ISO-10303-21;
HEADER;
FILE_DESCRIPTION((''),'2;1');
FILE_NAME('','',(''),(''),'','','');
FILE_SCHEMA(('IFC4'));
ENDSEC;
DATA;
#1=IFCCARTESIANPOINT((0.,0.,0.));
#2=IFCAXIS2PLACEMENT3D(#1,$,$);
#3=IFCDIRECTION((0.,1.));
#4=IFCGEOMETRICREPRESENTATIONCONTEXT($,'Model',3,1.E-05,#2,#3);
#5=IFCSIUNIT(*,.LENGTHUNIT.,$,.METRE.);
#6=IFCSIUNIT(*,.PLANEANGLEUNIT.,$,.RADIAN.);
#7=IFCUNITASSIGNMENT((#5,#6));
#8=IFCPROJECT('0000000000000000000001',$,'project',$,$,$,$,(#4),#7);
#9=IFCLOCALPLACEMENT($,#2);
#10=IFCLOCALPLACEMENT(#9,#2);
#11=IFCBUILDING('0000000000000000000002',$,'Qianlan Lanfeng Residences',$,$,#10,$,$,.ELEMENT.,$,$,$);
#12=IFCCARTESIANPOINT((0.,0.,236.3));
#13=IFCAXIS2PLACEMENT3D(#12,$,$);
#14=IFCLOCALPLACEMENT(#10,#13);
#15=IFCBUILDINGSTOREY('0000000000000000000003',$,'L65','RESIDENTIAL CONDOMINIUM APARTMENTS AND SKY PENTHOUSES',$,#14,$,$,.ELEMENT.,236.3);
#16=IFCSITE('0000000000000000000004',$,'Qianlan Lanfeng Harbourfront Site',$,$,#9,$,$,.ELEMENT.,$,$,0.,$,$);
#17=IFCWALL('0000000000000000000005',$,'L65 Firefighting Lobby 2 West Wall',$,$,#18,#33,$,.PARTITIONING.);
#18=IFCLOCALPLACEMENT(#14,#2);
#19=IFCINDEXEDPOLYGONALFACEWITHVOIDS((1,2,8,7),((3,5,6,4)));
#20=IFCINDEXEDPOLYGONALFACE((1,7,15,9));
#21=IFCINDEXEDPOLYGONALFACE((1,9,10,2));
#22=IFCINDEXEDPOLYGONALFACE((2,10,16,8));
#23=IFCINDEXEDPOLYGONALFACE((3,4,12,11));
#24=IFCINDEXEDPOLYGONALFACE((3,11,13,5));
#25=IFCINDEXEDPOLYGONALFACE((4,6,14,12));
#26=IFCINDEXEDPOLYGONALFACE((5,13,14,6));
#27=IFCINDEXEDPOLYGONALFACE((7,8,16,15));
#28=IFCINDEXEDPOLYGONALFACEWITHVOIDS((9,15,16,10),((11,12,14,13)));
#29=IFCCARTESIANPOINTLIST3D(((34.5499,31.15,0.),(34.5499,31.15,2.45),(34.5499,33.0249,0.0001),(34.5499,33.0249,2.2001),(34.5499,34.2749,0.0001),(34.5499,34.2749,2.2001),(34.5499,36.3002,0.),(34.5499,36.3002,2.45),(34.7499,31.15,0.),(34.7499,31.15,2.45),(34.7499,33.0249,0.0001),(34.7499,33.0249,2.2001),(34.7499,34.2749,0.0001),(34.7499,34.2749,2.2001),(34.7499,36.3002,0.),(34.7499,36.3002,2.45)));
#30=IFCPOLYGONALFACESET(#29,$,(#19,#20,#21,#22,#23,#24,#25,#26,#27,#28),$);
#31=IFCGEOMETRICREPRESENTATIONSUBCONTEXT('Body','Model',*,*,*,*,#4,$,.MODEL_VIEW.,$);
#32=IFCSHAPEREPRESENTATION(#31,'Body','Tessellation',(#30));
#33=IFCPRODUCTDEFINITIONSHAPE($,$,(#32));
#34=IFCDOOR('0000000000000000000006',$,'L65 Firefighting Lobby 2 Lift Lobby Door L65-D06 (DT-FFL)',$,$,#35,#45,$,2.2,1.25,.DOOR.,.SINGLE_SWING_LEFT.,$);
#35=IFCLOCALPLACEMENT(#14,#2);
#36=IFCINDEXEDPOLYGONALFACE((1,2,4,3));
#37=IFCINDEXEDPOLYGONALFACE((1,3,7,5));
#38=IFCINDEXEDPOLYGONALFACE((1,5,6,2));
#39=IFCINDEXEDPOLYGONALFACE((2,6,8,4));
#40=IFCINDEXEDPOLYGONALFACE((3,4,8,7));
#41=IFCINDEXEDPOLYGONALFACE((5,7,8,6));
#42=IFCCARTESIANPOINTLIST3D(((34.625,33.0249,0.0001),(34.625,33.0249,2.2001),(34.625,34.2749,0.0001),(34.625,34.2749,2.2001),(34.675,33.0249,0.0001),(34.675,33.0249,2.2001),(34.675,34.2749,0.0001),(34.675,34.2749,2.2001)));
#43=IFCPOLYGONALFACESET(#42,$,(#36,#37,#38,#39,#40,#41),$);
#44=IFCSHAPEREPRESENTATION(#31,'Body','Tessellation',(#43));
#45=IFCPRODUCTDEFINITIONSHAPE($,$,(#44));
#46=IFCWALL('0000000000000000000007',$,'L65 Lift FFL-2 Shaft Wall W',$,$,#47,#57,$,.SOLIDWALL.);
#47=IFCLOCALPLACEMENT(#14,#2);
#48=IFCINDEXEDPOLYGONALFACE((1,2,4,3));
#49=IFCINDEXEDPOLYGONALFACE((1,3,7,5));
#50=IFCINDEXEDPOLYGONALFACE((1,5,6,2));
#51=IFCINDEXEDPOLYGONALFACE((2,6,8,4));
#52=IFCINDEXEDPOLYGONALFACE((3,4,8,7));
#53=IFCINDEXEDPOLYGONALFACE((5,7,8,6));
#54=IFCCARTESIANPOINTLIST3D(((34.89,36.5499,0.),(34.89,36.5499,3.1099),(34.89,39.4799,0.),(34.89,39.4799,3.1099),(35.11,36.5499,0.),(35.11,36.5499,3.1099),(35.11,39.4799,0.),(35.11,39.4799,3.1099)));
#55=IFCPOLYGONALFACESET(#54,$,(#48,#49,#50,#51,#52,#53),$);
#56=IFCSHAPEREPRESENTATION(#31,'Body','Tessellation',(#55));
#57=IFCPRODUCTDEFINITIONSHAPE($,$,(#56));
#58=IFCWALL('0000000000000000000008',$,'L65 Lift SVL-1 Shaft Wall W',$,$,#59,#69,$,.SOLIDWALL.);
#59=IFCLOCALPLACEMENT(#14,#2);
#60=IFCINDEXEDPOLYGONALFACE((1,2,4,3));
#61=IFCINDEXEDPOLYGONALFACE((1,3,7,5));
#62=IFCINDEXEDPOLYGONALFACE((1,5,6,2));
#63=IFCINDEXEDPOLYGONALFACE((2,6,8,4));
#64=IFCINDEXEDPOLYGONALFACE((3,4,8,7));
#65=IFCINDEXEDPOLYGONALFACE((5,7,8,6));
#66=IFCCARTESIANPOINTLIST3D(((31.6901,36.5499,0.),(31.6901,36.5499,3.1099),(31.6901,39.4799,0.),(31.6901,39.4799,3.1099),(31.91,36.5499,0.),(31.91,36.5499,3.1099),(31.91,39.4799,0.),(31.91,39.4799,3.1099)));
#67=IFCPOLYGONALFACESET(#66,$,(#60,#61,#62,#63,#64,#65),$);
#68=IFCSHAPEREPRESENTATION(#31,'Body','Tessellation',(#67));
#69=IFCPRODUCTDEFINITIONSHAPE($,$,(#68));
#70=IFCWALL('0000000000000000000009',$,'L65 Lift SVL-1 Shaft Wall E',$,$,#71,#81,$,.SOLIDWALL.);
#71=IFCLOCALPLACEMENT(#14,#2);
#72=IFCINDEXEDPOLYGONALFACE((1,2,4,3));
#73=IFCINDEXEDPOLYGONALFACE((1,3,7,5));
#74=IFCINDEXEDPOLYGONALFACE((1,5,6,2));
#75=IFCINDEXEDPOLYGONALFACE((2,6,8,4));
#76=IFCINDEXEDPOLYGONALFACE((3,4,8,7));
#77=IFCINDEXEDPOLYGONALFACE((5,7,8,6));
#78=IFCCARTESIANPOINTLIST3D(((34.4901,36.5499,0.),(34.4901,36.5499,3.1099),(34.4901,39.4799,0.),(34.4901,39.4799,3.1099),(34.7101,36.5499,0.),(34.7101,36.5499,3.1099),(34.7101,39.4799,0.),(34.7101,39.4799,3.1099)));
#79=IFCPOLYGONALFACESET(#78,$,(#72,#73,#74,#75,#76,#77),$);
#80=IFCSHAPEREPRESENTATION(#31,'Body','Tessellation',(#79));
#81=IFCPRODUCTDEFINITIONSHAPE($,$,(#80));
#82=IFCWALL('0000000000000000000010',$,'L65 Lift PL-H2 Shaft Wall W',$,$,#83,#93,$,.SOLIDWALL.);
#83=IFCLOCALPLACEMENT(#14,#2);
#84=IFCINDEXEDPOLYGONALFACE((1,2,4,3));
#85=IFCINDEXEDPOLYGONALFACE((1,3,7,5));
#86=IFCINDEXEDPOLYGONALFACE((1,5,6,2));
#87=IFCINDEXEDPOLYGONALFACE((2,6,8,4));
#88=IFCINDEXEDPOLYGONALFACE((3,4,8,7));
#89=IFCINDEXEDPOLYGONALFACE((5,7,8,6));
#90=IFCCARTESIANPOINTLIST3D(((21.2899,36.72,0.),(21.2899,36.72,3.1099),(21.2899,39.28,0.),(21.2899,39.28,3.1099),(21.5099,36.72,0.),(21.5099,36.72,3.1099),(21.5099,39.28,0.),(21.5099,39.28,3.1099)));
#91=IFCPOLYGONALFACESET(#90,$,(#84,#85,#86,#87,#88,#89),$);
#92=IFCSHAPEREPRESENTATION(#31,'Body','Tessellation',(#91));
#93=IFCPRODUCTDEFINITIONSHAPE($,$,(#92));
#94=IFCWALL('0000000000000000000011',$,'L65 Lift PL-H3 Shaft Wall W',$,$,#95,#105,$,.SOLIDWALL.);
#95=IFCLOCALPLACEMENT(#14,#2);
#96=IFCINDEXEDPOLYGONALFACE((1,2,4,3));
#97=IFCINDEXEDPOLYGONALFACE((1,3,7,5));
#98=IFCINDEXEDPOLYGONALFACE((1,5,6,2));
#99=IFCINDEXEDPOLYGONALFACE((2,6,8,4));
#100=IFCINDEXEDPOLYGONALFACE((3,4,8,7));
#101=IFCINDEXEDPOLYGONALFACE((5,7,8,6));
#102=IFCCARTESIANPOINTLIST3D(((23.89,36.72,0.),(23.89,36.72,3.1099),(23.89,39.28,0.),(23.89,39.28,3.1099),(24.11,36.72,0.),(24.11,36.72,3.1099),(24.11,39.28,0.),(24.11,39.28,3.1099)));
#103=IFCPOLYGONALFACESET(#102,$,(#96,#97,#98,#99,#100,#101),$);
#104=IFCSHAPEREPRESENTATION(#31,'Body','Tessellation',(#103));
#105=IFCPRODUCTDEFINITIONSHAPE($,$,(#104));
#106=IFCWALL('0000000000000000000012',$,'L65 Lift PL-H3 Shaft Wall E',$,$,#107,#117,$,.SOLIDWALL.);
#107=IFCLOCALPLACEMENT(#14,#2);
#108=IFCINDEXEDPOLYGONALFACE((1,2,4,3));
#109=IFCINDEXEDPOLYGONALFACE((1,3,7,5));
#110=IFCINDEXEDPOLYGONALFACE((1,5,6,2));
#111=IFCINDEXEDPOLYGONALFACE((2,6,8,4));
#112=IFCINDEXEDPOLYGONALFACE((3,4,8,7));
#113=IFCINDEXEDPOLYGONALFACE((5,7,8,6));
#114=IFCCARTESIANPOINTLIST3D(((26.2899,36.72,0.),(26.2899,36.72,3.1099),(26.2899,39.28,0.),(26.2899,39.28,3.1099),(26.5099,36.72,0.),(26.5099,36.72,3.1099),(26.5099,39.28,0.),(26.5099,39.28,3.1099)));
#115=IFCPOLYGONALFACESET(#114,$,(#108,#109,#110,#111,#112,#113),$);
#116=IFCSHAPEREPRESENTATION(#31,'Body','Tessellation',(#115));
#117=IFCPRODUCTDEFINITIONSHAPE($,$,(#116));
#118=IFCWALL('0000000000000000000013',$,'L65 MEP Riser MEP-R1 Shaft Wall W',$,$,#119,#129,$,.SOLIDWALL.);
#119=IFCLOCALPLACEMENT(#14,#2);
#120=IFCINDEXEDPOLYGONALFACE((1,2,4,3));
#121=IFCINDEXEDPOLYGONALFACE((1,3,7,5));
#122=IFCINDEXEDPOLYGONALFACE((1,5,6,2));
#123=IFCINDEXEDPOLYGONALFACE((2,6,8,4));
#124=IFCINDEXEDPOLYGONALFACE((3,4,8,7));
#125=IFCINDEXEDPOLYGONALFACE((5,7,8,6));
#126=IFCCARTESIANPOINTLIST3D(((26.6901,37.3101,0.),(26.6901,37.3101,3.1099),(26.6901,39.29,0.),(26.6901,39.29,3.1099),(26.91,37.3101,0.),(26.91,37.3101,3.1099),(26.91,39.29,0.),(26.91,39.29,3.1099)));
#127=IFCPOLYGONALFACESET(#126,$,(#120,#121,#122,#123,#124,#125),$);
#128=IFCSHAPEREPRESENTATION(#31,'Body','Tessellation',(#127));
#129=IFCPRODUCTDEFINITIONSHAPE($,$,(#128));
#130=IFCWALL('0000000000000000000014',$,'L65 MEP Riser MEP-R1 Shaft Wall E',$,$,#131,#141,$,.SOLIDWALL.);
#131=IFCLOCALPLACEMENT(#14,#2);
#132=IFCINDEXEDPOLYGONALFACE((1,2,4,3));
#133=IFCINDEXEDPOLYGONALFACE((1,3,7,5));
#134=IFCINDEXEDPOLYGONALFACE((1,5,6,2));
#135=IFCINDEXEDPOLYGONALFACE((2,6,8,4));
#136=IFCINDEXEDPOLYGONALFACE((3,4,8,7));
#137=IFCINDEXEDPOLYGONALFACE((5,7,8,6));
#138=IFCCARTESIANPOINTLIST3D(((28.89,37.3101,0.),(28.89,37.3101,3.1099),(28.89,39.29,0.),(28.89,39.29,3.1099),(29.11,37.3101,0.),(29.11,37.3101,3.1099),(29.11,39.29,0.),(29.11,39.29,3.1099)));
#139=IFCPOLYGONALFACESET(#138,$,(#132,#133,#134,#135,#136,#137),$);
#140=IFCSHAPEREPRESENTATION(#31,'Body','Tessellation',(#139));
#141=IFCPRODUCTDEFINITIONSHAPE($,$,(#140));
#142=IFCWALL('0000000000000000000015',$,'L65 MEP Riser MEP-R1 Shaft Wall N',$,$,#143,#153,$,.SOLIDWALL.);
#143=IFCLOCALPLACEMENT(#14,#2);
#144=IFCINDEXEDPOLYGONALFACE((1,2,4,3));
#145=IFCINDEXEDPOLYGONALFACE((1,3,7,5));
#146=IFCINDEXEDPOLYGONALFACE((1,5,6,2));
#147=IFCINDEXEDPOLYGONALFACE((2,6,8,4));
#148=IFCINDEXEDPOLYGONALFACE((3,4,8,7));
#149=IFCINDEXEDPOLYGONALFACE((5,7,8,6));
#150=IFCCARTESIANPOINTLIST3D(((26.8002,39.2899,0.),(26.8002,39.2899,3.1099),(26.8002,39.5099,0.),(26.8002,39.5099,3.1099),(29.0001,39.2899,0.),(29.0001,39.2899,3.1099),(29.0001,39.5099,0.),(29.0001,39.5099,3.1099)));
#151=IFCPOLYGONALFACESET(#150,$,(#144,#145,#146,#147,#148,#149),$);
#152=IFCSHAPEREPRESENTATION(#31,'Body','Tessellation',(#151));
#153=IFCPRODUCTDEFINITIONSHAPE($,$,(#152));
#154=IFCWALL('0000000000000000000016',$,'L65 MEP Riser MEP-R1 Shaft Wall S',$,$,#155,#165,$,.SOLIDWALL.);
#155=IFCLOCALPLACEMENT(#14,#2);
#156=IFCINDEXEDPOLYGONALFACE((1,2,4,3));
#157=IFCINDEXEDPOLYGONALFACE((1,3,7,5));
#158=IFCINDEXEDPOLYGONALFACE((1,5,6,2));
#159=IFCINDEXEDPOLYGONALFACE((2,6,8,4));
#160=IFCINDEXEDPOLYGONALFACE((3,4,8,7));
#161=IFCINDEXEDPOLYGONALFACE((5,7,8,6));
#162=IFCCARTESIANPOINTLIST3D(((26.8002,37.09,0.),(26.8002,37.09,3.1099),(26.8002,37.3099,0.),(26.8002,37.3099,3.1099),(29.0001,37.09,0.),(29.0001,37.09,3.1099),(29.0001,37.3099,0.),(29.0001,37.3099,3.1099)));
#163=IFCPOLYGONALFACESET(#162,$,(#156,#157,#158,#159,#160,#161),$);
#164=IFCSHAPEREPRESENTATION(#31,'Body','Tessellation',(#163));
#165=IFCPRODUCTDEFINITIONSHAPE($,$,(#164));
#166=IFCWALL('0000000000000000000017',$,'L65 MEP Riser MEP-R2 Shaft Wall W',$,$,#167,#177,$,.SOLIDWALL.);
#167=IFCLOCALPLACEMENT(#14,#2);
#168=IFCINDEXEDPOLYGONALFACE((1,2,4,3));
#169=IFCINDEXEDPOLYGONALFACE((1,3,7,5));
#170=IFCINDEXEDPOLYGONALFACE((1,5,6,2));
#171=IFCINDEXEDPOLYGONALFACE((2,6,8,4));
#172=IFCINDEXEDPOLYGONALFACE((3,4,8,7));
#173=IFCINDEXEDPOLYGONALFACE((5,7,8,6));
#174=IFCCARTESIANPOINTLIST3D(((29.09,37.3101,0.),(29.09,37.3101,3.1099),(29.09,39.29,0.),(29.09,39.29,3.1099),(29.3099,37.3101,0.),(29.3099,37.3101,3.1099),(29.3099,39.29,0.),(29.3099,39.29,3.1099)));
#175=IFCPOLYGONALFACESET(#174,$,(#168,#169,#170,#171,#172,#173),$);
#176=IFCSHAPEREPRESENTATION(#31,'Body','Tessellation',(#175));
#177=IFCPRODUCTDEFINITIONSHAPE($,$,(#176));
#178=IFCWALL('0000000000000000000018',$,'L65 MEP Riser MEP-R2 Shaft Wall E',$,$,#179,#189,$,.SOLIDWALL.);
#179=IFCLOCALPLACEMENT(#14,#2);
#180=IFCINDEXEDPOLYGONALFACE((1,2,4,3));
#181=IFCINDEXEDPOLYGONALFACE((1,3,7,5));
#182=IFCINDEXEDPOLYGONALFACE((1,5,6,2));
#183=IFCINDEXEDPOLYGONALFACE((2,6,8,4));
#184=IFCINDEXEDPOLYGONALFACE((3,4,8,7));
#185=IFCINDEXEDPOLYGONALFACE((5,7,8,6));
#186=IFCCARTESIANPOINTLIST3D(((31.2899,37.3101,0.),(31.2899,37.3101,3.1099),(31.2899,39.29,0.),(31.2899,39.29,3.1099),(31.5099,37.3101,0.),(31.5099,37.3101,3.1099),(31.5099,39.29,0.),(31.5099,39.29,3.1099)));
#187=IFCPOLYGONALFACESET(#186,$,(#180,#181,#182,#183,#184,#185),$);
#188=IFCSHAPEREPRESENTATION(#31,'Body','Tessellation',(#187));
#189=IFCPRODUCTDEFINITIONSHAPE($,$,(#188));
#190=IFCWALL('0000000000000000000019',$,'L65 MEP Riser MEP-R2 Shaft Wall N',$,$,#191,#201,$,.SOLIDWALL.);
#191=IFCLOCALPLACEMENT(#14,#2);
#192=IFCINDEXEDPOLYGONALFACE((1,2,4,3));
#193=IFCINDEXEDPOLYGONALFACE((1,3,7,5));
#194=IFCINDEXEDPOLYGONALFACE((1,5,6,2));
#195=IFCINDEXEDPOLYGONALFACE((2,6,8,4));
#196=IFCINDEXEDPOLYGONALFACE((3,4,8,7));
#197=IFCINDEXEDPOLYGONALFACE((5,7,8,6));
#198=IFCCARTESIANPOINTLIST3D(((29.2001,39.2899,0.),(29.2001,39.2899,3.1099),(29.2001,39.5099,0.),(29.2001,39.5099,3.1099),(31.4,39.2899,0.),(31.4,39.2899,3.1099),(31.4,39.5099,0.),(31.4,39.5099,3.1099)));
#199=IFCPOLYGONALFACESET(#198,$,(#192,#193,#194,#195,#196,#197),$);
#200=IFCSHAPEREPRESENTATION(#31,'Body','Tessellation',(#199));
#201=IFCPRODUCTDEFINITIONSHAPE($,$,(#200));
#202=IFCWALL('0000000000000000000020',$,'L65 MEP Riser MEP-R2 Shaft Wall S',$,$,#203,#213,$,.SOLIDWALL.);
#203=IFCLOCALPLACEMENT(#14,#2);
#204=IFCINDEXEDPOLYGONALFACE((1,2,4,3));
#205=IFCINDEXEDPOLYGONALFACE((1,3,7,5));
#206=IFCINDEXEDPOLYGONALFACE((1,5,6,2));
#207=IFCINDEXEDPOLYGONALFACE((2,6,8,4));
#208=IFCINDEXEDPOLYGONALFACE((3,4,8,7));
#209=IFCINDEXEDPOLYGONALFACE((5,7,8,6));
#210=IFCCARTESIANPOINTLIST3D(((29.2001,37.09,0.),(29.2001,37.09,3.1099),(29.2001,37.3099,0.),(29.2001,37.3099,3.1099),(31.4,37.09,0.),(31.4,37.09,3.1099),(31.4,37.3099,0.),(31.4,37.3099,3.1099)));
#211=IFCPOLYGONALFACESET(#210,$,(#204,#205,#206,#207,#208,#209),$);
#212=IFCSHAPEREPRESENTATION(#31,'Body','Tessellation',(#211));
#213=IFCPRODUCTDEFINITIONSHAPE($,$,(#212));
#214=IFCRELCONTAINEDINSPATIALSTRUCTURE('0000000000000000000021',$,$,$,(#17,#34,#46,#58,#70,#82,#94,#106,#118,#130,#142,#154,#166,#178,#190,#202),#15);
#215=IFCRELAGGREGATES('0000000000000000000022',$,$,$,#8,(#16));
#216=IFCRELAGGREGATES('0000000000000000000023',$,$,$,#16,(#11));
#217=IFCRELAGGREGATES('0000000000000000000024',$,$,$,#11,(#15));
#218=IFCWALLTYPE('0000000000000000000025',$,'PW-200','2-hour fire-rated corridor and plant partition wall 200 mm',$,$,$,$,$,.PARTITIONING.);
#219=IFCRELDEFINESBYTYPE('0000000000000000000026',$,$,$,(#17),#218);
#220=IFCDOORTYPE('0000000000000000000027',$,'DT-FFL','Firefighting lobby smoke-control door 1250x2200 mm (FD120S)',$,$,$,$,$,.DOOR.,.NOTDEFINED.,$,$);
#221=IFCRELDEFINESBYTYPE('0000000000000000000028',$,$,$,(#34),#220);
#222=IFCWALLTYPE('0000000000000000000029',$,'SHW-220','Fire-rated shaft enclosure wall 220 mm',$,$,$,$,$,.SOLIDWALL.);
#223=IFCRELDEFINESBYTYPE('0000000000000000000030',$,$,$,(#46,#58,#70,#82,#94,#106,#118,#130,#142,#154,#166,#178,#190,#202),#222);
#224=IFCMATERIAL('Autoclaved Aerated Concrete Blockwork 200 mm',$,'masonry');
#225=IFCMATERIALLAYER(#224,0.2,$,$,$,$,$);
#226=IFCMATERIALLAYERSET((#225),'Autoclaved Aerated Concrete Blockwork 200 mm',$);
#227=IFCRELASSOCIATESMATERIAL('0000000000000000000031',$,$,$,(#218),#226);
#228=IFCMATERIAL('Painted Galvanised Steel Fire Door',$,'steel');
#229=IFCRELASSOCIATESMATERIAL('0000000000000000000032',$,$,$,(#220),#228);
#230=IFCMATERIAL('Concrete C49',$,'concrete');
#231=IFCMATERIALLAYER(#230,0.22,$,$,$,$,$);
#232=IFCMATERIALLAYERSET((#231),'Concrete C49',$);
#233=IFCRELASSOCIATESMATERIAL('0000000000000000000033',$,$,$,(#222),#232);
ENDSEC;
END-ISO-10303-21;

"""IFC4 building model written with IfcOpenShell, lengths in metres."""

from ifc_helpers import new_model, si_unit, direction, frame, frame_2d, origin, place, context, subcontext, project, spatial, rectangle, extrude, material, layer, layer_set, type_object, element, fill, save


model = new_model("IFC4")

# Units and contexts
model_context = context("Model", 3, precision=1e-05, world=origin(), true_north=direction((0.0, 1.0)))
body_context = subcontext(model_context, "Body", "Model", "MODEL_VIEW")
ifc_project = project(units=[si_unit("LENGTHUNIT", "METRE"), si_unit("PLANEANGLEUNIT", "RADIAN")], contexts=[model_context])

# Site, building, storey
site_placement = place(None, origin())
site = spatial("IfcSite", under=ifc_project, at=site_placement, Name="Qianlan Lanfeng Harbourfront Site", CompositionType="ELEMENT", RefElevation=0.0)
building_placement = place(site_placement, origin())
building = spatial("IfcBuilding", under=site, at=building_placement, Name="Qianlan Lanfeng Residences", CompositionType="ELEMENT")
storey_placement = place(building_placement, frame((0.0, 0.0, 236.3)))
storey = spatial("IfcBuildingStorey", under=building, at=storey_placement, Name="L65", Description="RESIDENTIAL CONDOMINIUM APARTMENTS AND SKY PENTHOUSES", CompositionType="ELEMENT", Elevation=236.3)

# Wall, opening, door
ifc_material_1 = material(Name="Autoclaved Aerated Concrete Blockwork 200 mm", Category="masonry")
ifc_layer_1 = layer(ifc_material_1, 0.2)
ifc_layer_set_1 = layer_set([ifc_layer_1], Name="Autoclaved Aerated Concrete Blockwork 200 mm")
wall_type_1 = type_object("IfcWallType", Name="PW-200", Description="2-hour fire-rated corridor and plant partition wall 200 mm", PredefinedType="PARTITIONING", material=ifc_layer_set_1)
wall_placement = place(storey_placement, frame((34.6499, 31.1499, 0.0), z_axis=(0.0, 0.0, 1.0), x_axis=(0.0, 1.0, 0.0)))
wall = element("IfcWall", 1, at=wall_placement, inside=storey, type_object=wall_type_1, Name="L65 Firefighting Lobby 2 West Wall", PredefinedType="PARTITIONING", context=body_context, shape_type="SweptSolid", body=[
    extrude(rectangle(XDim=5.1501, YDim=0.2, at=frame_2d((2.5752, 0.0))), origin(), (0.0, 0.0, 1.0), 2.45),
])
opening_placement = place(wall_placement, frame((1.875, 0.0, 0.0)))
opening = element("IfcOpeningElement", 2, at=opening_placement, cuts=wall, PredefinedType="OPENING", context=body_context, shape_type="SweptSolid", body=[
    extrude(rectangle(XDim=1.25, YDim=2.2, at=frame_2d((0.625, 1.1001))), frame((0.0, 0.1099, 0.0), z_axis=(0.0, -1.0, 0.0), x_axis=(1.0, 0.0, 0.0)), (0.0, 0.0, 1.0), 0.22),
])
ifc_material_2 = material(Name="Painted Galvanised Steel Fire Door", Category="steel")
door_type = type_object("IfcDoorType", Name="DT-FFL", Description="Firefighting lobby smoke-control door 1250x2200 mm (FD120S)", OperationType="NOTDEFINED", PredefinedType="DOOR", material=ifc_material_2)
door_placement = place(opening_placement, origin())
door = element("IfcDoor", 3, at=door_placement, inside=storey, type_object=door_type, Name="L65 Firefighting Lobby 2 Lift Lobby Door L65-D06 (DT-FFL)", OperationType="SINGLE_SWING_LEFT", OverallHeight=2.2, OverallWidth=1.25, PredefinedType="DOOR", context=body_context, shape_type="SweptSolid", body=[
    extrude(rectangle(XDim=1.25, YDim=2.2, at=frame_2d((0.625, 1.1001))), frame((0.0, 0.0249, 0.0), z_axis=(0.0, -1.0, 0.0), x_axis=(1.0, 0.0, 0.0)), (0.0, 0.0, 1.0), 0.05),
])
fill(opening, door)

# Walls
ifc_material_3 = material(Name="Concrete C49", Category="concrete")
ifc_layer_2 = layer(ifc_material_3, 0.22)
ifc_layer_set_2 = layer_set([ifc_layer_2], Name="Concrete C49")
wall_type_2 = type_object("IfcWallType", Name="SHW-220", Description="Fire-rated shaft enclosure wall 220 mm", PredefinedType="SOLIDWALL", material=ifc_layer_set_2)
for number, where, z_axis, x_axis, name in (
    (4, (35.0, 36.55, 0.0), (0.0, 0.0, 1.0), (0.0, 1.0, 0.0), "L65 Lift FFL-2 Shaft Wall W"),
    (5, (31.8, 36.55, 0.0), (0.0, 0.0, 1.0), (0.0, 1.0, 0.0), "L65 Lift SVL-1 Shaft Wall W"),
    (6, (34.6001, 36.55, 0.0), (0.0, 0.0, 1.0), (0.0, 1.0, 0.0), "L65 Lift SVL-1 Shaft Wall E"),
):
    element("IfcWall", number, at=place(storey_placement, frame(where, z_axis=z_axis, x_axis=x_axis)), inside=storey, type_object=wall_type_2, Name=name, PredefinedType="SOLIDWALL", context=body_context, shape_type="SweptSolid", body=[
        extrude(rectangle(XDim=2.9299, YDim=0.22, at=frame_2d((1.4648, 0.0))), origin(), (0.0, 0.0, 1.0), 3.1099),
    ])
for number, where, z_axis, x_axis, name in (
    (7, (21.3999, 36.72, 0.0), (0.0, 0.0, 1.0), (0.0, 1.0, 0.0), "L65 Lift PL-H2 Shaft Wall W"),
    (8, (24.0, 36.72, 0.0), (0.0, 0.0, 1.0), (0.0, 1.0, 0.0), "L65 Lift PL-H3 Shaft Wall W"),
    (9, (26.3999, 36.72, 0.0), (0.0, 0.0, 1.0), (0.0, 1.0, 0.0), "L65 Lift PL-H3 Shaft Wall E"),
):
    element("IfcWall", number, at=place(storey_placement, frame(where, z_axis=z_axis, x_axis=x_axis)), inside=storey, type_object=wall_type_2, Name=name, PredefinedType="SOLIDWALL", context=body_context, shape_type="SweptSolid", body=[
        extrude(rectangle(XDim=2.5601, YDim=0.22, at=frame_2d((1.28, 0.0))), origin(), (0.0, 0.0, 1.0), 3.1099),
    ])
for number, where, z_axis, x_axis, name in (
    (10, (26.8, 37.3101, 0.0), (0.0, 0.0, 1.0), (0.0, 1.0, 0.0), "L65 MEP Riser MEP-R1 Shaft Wall W"),
    (11, (29.0, 37.3101, 0.0), (0.0, 0.0, 1.0), (0.0, 1.0, 0.0), "L65 MEP Riser MEP-R1 Shaft Wall E"),
):
    element("IfcWall", number, at=place(storey_placement, frame(where, z_axis=z_axis, x_axis=x_axis)), inside=storey, type_object=wall_type_2, Name=name, PredefinedType="SOLIDWALL", context=body_context, shape_type="SweptSolid", body=[
        extrude(rectangle(XDim=1.98, YDim=0.22, at=frame_2d((0.99, 0.0))), origin(), (0.0, 0.0, 1.0), 3.1099),
    ])
for number, where, z_axis, x_axis, name in (
    (12, (26.8, 39.3999, 0.0), (0.0, 0.0, 1.0), (1.0, 0.0, 0.0), "L65 MEP Riser MEP-R1 Shaft Wall N"),
    (13, (26.8, 37.2, 0.0), (0.0, 0.0, 1.0), (1.0, 0.0, 0.0), "L65 MEP Riser MEP-R1 Shaft Wall S"),
):
    element("IfcWall", number, at=place(storey_placement, frame(where, z_axis=z_axis, x_axis=x_axis)), inside=storey, type_object=wall_type_2, Name=name, PredefinedType="SOLIDWALL", context=body_context, shape_type="SweptSolid", body=[
        extrude(rectangle(XDim=2.2, YDim=0.22, at=frame_2d((1.1001, 0.0))), origin(), (0.0, 0.0, 1.0), 3.1099),
    ])
for number, where, z_axis, x_axis, name in (
    (14, (29.2, 37.3101, 0.0), (0.0, 0.0, 1.0), (0.0, 1.0, 0.0), "L65 MEP Riser MEP-R2 Shaft Wall W"),
    (15, (31.3999, 37.3101, 0.0), (0.0, 0.0, 1.0), (0.0, 1.0, 0.0), "L65 MEP Riser MEP-R2 Shaft Wall E"),
):
    element("IfcWall", number, at=place(storey_placement, frame(where, z_axis=z_axis, x_axis=x_axis)), inside=storey, type_object=wall_type_2, Name=name, PredefinedType="SOLIDWALL", context=body_context, shape_type="SweptSolid", body=[
        extrude(rectangle(XDim=1.98, YDim=0.22, at=frame_2d((0.99, 0.0))), origin(), (0.0, 0.0, 1.0), 3.1099),
    ])
for number, where, z_axis, x_axis, name in (
    (16, (29.2, 39.3999, 0.0), (0.0, 0.0, 1.0), (1.0, 0.0, 0.0), "L65 MEP Riser MEP-R2 Shaft Wall N"),
    (17, (29.2, 37.2, 0.0), (0.0, 0.0, 1.0), (1.0, 0.0, 0.0), "L65 MEP Riser MEP-R2 Shaft Wall S"),
):
    element("IfcWall", number, at=place(storey_placement, frame(where, z_axis=z_axis, x_axis=x_axis)), inside=storey, type_object=wall_type_2, Name=name, PredefinedType="SOLIDWALL", context=body_context, shape_type="SweptSolid", body=[
        extrude(rectangle(XDim=2.2, YDim=0.22, at=frame_2d((1.1001, 0.0))), origin(), (0.0, 0.0, 1.0), 3.1099),
    ])

save(model, "model.ifc")
